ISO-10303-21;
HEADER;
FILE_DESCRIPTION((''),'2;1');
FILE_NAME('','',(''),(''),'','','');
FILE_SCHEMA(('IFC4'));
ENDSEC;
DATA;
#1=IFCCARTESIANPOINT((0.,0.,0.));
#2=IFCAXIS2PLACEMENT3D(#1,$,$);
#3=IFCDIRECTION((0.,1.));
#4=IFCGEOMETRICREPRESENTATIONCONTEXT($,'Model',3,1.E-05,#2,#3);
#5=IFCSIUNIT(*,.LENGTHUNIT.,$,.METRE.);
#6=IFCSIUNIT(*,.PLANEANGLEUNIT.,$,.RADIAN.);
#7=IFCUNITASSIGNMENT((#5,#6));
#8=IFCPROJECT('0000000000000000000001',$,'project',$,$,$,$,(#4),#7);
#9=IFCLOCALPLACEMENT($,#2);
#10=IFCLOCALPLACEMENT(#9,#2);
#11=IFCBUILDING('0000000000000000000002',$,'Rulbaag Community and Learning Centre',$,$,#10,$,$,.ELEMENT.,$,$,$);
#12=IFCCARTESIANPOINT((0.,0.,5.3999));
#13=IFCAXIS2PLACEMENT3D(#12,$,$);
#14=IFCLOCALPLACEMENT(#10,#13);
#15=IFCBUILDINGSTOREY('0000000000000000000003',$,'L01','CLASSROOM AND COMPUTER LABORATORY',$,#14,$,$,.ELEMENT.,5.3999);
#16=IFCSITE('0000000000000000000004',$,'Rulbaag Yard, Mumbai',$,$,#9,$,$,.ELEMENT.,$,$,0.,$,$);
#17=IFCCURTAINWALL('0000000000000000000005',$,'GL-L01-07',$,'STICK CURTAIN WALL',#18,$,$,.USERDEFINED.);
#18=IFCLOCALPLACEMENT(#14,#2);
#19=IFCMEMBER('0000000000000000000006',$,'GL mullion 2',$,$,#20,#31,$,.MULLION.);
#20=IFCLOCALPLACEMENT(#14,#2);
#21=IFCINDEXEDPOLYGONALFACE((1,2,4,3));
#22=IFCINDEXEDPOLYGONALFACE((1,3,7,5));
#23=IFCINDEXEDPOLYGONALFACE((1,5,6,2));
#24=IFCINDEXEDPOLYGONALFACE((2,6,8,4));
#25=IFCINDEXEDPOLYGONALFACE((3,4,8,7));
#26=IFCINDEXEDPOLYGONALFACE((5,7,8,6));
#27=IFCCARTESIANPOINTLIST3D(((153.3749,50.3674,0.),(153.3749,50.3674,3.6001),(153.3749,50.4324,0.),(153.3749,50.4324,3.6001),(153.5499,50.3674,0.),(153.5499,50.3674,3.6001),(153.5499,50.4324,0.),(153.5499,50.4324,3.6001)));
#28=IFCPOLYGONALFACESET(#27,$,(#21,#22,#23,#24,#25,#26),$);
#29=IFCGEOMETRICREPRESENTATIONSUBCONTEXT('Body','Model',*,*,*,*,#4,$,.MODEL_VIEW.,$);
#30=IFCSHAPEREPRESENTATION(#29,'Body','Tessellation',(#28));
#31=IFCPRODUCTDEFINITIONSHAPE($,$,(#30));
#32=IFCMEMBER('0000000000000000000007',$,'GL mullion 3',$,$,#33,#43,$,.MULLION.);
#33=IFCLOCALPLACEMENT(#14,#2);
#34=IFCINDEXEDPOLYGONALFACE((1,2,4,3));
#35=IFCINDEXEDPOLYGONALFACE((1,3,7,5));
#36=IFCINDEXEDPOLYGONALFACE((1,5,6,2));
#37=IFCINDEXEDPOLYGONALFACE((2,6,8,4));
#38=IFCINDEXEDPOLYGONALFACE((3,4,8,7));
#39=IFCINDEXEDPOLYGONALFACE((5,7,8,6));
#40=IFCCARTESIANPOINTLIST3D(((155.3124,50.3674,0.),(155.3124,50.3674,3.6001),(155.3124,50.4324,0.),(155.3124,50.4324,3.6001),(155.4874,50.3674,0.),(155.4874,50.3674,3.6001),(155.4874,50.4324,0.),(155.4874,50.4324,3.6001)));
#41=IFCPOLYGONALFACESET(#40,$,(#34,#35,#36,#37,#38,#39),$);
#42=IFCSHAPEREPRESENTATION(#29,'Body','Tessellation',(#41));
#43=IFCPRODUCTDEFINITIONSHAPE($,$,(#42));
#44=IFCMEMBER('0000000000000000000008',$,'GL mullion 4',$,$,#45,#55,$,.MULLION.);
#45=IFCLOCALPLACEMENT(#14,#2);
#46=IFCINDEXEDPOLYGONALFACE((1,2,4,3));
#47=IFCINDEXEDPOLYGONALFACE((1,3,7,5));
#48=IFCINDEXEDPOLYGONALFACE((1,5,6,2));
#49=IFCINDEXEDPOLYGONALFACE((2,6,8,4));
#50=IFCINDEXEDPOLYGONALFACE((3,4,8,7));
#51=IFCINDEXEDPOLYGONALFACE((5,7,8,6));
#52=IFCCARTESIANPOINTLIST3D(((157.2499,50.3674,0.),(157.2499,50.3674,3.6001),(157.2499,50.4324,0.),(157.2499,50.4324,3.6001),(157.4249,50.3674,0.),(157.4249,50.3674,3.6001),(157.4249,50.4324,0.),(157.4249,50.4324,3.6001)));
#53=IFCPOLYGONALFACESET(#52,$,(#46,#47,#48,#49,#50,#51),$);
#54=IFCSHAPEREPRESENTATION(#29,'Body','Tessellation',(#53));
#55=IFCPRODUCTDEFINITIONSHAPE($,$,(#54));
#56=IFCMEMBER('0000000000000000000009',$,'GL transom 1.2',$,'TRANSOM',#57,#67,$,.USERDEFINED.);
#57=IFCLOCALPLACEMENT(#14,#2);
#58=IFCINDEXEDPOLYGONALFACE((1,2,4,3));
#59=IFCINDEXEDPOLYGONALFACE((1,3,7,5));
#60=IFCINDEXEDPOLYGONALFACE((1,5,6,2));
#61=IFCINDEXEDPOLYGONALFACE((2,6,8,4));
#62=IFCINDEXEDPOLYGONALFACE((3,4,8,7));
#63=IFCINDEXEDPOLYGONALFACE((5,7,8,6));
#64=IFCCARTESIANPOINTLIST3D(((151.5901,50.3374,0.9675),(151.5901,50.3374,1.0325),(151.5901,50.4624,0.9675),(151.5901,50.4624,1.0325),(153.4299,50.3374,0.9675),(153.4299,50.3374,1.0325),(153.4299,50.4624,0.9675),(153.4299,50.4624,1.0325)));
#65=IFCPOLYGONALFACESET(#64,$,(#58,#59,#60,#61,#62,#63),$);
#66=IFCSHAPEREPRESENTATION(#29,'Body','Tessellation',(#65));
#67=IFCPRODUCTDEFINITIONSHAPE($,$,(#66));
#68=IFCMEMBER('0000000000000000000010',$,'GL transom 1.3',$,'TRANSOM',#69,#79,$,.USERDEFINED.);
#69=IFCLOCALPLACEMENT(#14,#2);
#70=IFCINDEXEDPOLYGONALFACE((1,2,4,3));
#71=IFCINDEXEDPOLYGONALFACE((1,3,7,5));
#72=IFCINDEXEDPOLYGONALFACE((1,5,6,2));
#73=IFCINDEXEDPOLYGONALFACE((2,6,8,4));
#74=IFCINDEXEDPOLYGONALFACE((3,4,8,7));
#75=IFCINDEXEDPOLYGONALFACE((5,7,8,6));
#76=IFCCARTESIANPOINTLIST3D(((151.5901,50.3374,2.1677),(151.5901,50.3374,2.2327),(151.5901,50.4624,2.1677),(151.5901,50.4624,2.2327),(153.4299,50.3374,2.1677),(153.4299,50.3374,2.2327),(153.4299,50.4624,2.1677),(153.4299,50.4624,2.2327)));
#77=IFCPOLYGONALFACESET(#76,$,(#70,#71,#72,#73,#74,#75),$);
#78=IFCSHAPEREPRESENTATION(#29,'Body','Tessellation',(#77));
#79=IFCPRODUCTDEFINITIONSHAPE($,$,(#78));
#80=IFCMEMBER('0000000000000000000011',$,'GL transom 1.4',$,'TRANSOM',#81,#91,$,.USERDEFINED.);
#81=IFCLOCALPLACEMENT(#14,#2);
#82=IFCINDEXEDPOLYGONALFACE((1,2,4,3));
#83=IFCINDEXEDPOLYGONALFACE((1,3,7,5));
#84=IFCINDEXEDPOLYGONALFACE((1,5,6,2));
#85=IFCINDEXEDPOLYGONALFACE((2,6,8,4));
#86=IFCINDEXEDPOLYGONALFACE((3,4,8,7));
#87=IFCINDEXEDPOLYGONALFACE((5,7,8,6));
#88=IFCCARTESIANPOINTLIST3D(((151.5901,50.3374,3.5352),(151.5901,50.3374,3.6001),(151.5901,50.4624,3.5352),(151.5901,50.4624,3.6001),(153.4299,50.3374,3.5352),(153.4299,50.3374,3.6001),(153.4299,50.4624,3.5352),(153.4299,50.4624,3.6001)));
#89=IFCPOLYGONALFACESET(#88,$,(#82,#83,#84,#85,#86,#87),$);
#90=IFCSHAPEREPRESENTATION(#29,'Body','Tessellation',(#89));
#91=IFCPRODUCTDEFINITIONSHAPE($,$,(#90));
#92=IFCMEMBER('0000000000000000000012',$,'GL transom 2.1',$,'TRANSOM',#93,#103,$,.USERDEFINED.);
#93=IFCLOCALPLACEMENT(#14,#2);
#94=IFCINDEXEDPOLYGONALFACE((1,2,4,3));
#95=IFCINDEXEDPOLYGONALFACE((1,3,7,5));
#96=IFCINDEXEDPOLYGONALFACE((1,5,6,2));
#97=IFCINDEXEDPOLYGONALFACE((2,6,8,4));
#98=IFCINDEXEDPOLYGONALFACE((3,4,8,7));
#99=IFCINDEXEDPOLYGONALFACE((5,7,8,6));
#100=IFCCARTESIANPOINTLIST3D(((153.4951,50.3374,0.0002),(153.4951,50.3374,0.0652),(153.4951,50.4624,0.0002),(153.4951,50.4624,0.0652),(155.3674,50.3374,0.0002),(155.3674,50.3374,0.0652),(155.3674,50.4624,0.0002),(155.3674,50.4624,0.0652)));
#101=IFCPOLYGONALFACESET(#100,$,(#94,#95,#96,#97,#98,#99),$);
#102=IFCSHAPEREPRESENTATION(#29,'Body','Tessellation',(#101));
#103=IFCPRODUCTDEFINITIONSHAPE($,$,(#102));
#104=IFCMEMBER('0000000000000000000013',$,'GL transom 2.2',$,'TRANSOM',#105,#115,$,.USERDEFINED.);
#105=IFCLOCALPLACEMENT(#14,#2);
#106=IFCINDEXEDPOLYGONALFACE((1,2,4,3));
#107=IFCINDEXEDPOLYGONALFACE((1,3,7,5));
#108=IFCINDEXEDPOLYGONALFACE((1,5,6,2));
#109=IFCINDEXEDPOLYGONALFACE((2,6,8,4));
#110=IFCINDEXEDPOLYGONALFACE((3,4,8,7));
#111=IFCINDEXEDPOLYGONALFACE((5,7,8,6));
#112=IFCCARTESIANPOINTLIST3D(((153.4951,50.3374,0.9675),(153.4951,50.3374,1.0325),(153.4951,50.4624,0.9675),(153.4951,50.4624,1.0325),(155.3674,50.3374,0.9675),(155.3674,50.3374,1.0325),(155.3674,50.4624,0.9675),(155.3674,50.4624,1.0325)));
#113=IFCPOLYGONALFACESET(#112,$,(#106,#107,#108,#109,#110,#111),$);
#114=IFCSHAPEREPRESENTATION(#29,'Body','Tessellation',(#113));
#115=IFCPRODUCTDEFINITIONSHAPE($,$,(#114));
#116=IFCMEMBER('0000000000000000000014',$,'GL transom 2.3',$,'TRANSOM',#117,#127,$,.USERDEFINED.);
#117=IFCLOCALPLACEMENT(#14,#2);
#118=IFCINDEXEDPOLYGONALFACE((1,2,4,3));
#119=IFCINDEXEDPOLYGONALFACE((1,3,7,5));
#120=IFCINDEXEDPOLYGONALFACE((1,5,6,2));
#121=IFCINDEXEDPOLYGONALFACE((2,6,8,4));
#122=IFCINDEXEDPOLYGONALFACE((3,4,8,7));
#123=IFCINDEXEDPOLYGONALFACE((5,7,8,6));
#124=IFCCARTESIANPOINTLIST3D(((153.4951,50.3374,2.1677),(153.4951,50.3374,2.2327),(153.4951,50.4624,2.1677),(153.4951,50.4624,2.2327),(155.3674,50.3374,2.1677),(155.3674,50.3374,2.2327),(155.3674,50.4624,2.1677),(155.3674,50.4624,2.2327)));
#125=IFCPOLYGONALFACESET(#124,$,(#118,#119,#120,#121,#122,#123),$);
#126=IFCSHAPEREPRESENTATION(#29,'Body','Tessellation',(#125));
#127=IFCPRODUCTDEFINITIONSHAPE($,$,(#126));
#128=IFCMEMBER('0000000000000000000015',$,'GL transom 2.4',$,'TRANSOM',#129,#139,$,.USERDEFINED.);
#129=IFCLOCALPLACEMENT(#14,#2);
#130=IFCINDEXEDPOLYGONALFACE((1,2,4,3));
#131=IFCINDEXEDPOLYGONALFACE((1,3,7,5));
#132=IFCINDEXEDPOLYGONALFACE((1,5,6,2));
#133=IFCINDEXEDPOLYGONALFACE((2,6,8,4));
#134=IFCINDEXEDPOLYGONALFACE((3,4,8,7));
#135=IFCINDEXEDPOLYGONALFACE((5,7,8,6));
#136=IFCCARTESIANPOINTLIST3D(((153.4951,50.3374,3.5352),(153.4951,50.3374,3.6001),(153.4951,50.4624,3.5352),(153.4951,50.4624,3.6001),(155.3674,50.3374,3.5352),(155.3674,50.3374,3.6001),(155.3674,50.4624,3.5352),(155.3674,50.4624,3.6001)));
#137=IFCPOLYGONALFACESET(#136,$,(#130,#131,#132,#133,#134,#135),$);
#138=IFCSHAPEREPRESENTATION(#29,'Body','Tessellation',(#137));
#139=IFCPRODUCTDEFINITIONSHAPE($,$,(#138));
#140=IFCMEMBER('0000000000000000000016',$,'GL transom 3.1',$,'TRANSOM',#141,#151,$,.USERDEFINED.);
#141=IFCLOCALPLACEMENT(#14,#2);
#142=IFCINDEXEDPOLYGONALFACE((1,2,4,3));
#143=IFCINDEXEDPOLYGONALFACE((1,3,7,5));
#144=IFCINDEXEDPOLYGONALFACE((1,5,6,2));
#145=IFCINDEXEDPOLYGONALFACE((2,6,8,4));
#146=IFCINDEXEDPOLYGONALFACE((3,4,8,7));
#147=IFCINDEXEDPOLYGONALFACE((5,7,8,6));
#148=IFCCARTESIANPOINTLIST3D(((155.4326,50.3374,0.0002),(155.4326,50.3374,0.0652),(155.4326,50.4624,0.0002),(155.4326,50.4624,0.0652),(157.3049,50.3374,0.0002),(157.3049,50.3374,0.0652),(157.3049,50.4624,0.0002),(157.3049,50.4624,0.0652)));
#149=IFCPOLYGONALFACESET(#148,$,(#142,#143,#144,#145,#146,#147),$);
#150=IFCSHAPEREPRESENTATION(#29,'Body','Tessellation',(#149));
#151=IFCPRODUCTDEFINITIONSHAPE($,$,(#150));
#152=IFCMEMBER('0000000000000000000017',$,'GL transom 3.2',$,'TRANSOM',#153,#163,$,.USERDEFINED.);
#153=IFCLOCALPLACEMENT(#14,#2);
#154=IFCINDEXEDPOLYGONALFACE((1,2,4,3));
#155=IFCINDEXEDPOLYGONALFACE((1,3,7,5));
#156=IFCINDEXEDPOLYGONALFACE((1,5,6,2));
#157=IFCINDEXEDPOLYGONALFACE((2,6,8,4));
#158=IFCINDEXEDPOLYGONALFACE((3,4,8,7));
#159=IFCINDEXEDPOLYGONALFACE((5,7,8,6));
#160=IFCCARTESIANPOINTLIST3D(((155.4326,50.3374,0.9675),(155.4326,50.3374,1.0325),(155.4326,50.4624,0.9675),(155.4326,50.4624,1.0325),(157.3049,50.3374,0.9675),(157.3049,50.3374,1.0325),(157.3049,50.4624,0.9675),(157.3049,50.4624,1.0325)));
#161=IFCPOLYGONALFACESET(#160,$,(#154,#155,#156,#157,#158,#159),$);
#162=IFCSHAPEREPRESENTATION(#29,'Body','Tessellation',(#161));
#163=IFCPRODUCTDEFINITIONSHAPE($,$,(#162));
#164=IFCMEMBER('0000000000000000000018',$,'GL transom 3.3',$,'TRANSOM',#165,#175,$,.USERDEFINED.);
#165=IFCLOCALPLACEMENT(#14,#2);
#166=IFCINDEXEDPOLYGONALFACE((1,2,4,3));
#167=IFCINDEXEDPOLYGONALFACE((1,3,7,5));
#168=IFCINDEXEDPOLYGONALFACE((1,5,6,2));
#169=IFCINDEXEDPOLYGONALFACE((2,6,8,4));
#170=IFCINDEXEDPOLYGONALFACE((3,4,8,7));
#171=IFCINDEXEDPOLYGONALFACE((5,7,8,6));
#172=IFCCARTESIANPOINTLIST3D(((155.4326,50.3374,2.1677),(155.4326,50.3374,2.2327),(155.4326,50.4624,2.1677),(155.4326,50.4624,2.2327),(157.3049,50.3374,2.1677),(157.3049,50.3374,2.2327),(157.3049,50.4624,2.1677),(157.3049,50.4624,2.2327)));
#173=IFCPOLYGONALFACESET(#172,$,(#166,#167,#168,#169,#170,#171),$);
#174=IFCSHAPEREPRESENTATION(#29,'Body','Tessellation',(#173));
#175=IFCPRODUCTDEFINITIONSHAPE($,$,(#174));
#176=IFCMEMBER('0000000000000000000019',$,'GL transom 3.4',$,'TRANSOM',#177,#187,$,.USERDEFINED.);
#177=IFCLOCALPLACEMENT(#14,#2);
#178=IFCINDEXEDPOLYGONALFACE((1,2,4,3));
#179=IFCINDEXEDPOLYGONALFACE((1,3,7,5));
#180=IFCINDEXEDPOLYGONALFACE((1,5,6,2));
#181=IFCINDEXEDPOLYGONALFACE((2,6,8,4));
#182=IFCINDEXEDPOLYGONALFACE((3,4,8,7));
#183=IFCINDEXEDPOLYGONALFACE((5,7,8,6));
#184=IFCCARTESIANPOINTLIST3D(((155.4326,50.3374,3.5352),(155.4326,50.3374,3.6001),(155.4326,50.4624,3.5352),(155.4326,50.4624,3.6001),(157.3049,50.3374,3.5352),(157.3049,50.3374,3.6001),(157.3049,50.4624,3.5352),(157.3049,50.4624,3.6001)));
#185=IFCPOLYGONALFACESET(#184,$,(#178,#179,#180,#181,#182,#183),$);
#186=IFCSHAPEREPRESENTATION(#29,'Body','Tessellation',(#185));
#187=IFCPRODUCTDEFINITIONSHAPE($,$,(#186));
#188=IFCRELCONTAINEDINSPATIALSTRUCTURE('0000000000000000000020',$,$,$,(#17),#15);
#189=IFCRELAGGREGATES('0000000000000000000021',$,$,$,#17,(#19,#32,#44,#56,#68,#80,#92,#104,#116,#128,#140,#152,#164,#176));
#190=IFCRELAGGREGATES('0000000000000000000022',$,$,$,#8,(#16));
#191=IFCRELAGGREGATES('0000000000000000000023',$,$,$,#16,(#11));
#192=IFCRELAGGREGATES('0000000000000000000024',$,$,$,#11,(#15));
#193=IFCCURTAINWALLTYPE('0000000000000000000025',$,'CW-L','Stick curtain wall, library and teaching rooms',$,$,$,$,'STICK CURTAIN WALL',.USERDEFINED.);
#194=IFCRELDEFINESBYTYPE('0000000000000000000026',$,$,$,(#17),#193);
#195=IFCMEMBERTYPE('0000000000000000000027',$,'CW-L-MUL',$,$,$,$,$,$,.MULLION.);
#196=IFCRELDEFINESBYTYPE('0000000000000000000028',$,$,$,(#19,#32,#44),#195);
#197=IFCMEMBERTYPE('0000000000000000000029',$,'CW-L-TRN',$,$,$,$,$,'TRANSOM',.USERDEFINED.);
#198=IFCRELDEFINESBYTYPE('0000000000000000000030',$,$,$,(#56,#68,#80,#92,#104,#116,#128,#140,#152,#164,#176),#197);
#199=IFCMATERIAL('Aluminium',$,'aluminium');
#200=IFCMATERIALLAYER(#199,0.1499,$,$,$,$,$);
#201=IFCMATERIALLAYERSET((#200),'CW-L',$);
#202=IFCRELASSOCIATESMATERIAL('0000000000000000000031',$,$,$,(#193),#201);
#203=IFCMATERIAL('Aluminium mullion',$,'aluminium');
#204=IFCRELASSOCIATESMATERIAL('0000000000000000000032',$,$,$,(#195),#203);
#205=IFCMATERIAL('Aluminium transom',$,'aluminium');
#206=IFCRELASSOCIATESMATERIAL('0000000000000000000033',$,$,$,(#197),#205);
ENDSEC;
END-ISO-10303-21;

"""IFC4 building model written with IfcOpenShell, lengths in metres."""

from ifc_helpers import new_model, si_unit, direction, frame, origin, origin_2d, place, context, subcontext, project, spatial, rectangle, extrude, material, layer, layer_set, material_profile, profile_set, type_object, element, aggregate, save


model = new_model("IFC4")

# Units and contexts
model_context = context("Model", 3, precision=1e-05, world=origin(), true_north=direction((0.0, 1.0)))
body_context = subcontext(model_context, "Body", "Model", "MODEL_VIEW")
ifc_project = project(units=[si_unit("LENGTHUNIT", "METRE"), si_unit("PLANEANGLEUNIT", "RADIAN")], contexts=[model_context])

# Site, building, storey
site_placement = place(None, origin())
site = spatial("IfcSite", under=ifc_project, at=site_placement, Name="Rulbaag Yard, Mumbai", CompositionType="ELEMENT", RefElevation=0.0)
building_placement = place(site_placement, origin())
building = spatial("IfcBuilding", under=site, at=building_placement, Name="Rulbaag Community and Learning Centre", CompositionType="ELEMENT")
storey_placement = place(building_placement, frame((0.0, 0.0, 5.3999)))
storey = spatial("IfcBuildingStorey", under=building, at=storey_placement, Name="L01", Description="CLASSROOM AND COMPUTER LABORATORY", CompositionType="ELEMENT", Elevation=5.3999)

# Curtain wall, members
ifc_material_1 = material(Name="Aluminium", Category="aluminium")
ifc_layer_1 = layer(ifc_material_1, 0.1499)
ifc_layer_set_1 = layer_set([ifc_layer_1], Name="CW-L")
curtain_wall_type = type_object("IfcCurtainWallType", Name="CW-L", Description="Stick curtain wall, library and teaching rooms", ElementType="STICK CURTAIN WALL", PredefinedType="USERDEFINED", material=ifc_layer_set_1)
curtain_wall_placement = place(storey_placement, origin())
curtain_wall = element("IfcCurtainWall", 1, at=curtain_wall_placement, inside=storey, type_object=curtain_wall_type, Name="GL-L01-07", ObjectType="STICK CURTAIN WALL", PredefinedType="USERDEFINED")
ifc_material_2 = material(Name="Aluminium mullion", Category="aluminium")
ifc_material_profile_1 = material_profile(ifc_material_2, rectangle(XDim=0.0649, YDim=0.175, at=origin_2d()), Name="AL 65x175")
ifc_profile_set_1 = profile_set([ifc_material_profile_1], Name="Aluminium mullion")
member_type_1 = type_object("IfcMemberType", Name="CW-L-MUL", PredefinedType="MULLION", material=ifc_profile_set_1)
member_1_placement = place(storey_placement, frame((153.4624, 50.3999, 0.0), z_axis=(0.0, 0.0, 1.0), x_axis=(0.0, 1.0, 0.0)))
member_1 = element("IfcMember", 2, at=member_1_placement, type_object=member_type_1, Name="GL mullion 2", PredefinedType="MULLION", context=body_context, shape_type="SweptSolid", body=[
    extrude(rectangle(XDim=0.0649, YDim=0.175, at=origin_2d()), origin(), (0.0, 0.0, 1.0), 3.6001),
])
member_2_placement = place(storey_placement, frame((155.3999, 50.3999, 0.0), z_axis=(0.0, 0.0, 1.0), x_axis=(0.0, 1.0, 0.0)))
member_2 = element("IfcMember", 3, at=member_2_placement, type_object=member_type_1, Name="GL mullion 3", PredefinedType="MULLION", context=body_context, shape_type="SweptSolid", body=[
    extrude(rectangle(XDim=0.0649, YDim=0.175, at=origin_2d()), origin(), (0.0, 0.0, 1.0), 3.6001),
])
member_3_placement = place(storey_placement, frame((157.3374, 50.3999, 0.0), z_axis=(0.0, 0.0, 1.0), x_axis=(0.0, 1.0, 0.0)))
member_3 = element("IfcMember", 4, at=member_3_placement, type_object=member_type_1, Name="GL mullion 4", PredefinedType="MULLION", context=body_context, shape_type="SweptSolid", body=[
    extrude(rectangle(XDim=0.0649, YDim=0.175, at=origin_2d()), origin(), (0.0, 0.0, 1.0), 3.6001),
])
ifc_material_3 = material(Name="Aluminium transom", Category="aluminium")
ifc_material_profile_2 = material_profile(ifc_material_3, rectangle(XDim=0.125, YDim=0.0649, at=origin_2d()), Name="AL 65x125 T")
ifc_profile_set_2 = profile_set([ifc_material_profile_2], Name="Aluminium transom")
member_type_2 = type_object("IfcMemberType", Name="CW-L-TRN", ElementType="TRANSOM", PredefinedType="USERDEFINED", material=ifc_profile_set_2)
member_4_placement = place(storey_placement, frame((151.5901, 50.3999, 1.0), z_axis=(1.0, 0.0, 0.0), x_axis=(0.0, 1.0, 0.0)))
member_4 = element("IfcMember", 5, at=member_4_placement, type_object=member_type_2, Name="GL transom 1.2", ObjectType="TRANSOM", PredefinedType="USERDEFINED", context=body_context, shape_type="SweptSolid", body=[
    extrude(rectangle(XDim=0.125, YDim=0.0649, at=origin_2d()), origin(), (0.0, 0.0, 1.0), 1.8398),
])
member_5_placement = place(storey_placement, frame((151.5901, 50.3999, 2.2002), z_axis=(1.0, 0.0, 0.0), x_axis=(0.0, 1.0, 0.0)))
member_5 = element("IfcMember", 6, at=member_5_placement, type_object=member_type_2, Name="GL transom 1.3", ObjectType="TRANSOM", PredefinedType="USERDEFINED", context=body_context, shape_type="SweptSolid", body=[
    extrude(rectangle(XDim=0.125, YDim=0.0649, at=origin_2d()), origin(), (0.0, 0.0, 1.0), 1.8398),
])
member_6_placement = place(storey_placement, frame((151.5901, 50.3999, 3.5676), z_axis=(1.0, 0.0, 0.0), x_axis=(0.0, 1.0, 0.0)))
member_6 = element("IfcMember", 7, at=member_6_placement, type_object=member_type_2, Name="GL transom 1.4", ObjectType="TRANSOM", PredefinedType="USERDEFINED", context=body_context, shape_type="SweptSolid", body=[
    extrude(rectangle(XDim=0.125, YDim=0.0649, at=origin_2d()), origin(), (0.0, 0.0, 1.0), 1.8398),
])
member_7_placement = place(storey_placement, frame((153.4951, 50.3999, 0.0327), z_axis=(1.0, 0.0, 0.0), x_axis=(0.0, 1.0, 0.0)))
member_7 = element("IfcMember", 8, at=member_7_placement, type_object=member_type_2, Name="GL transom 2.1", ObjectType="TRANSOM", PredefinedType="USERDEFINED", context=body_context, shape_type="SweptSolid", body=[
    extrude(rectangle(XDim=0.125, YDim=0.0649, at=origin_2d()), origin(), (0.0, 0.0, 1.0), 1.8723),
])
member_8_placement = place(storey_placement, frame((153.4951, 50.3999, 1.0), z_axis=(1.0, 0.0, 0.0), x_axis=(0.0, 1.0, 0.0)))
member_8 = element("IfcMember", 9, at=member_8_placement, type_object=member_type_2, Name="GL transom 2.2", ObjectType="TRANSOM", PredefinedType="USERDEFINED", context=body_context, shape_type="SweptSolid", body=[
    extrude(rectangle(XDim=0.125, YDim=0.0649, at=origin_2d()), origin(), (0.0, 0.0, 1.0), 1.8723),
])
member_9_placement = place(storey_placement, frame((153.4951, 50.3999, 2.2002), z_axis=(1.0, 0.0, 0.0), x_axis=(0.0, 1.0, 0.0)))
member_9 = element("IfcMember", 10, at=member_9_placement, type_object=member_type_2, Name="GL transom 2.3", ObjectType="TRANSOM", PredefinedType="USERDEFINED", context=body_context, shape_type="SweptSolid", body=[
    extrude(rectangle(XDim=0.125, YDim=0.0649, at=origin_2d()), origin(), (0.0, 0.0, 1.0), 1.8723),
])
member_10_placement = place(storey_placement, frame((153.4951, 50.3999, 3.5676), z_axis=(1.0, 0.0, 0.0), x_axis=(0.0, 1.0, 0.0)))
member_10 = element("IfcMember", 11, at=member_10_placement, type_object=member_type_2, Name="GL transom 2.4", ObjectType="TRANSOM", PredefinedType="USERDEFINED", context=body_context, shape_type="SweptSolid", body=[
    extrude(rectangle(XDim=0.125, YDim=0.0649, at=origin_2d()), origin(), (0.0, 0.0, 1.0), 1.8723),
])
member_11_placement = place(storey_placement, frame((155.4326, 50.3999, 0.0327), z_axis=(1.0, 0.0, 0.0), x_axis=(0.0, 1.0, 0.0)))
member_11 = element("IfcMember", 12, at=member_11_placement, type_object=member_type_2, Name="GL transom 3.1", ObjectType="TRANSOM", PredefinedType="USERDEFINED", context=body_context, shape_type="SweptSolid", body=[
    extrude(rectangle(XDim=0.125, YDim=0.0649, at=origin_2d()), origin(), (0.0, 0.0, 1.0), 1.8723),
])
member_12_placement = place(storey_placement, frame((155.4326, 50.3999, 1.0), z_axis=(1.0, 0.0, 0.0), x_axis=(0.0, 1.0, 0.0)))
member_12 = element("IfcMember", 13, at=member_12_placement, type_object=member_type_2, Name="GL transom 3.2", ObjectType="TRANSOM", PredefinedType="USERDEFINED", context=body_context, shape_type="SweptSolid", body=[
    extrude(rectangle(XDim=0.125, YDim=0.0649, at=origin_2d()), origin(), (0.0, 0.0, 1.0), 1.8723),
])
member_13_placement = place(storey_placement, frame((155.4326, 50.3999, 2.2002), z_axis=(1.0, 0.0, 0.0), x_axis=(0.0, 1.0, 0.0)))
member_13 = element("IfcMember", 14, at=member_13_placement, type_object=member_type_2, Name="GL transom 3.3", ObjectType="TRANSOM", PredefinedType="USERDEFINED", context=body_context, shape_type="SweptSolid", body=[
    extrude(rectangle(XDim=0.125, YDim=0.0649, at=origin_2d()), origin(), (0.0, 0.0, 1.0), 1.8723),
])
member_14_placement = place(storey_placement, frame((155.4326, 50.3999, 3.5676), z_axis=(1.0, 0.0, 0.0), x_axis=(0.0, 1.0, 0.0)))
member_14 = element("IfcMember", 15, at=member_14_placement, type_object=member_type_2, Name="GL transom 3.4", ObjectType="TRANSOM", PredefinedType="USERDEFINED", context=body_context, shape_type="SweptSolid", body=[
    extrude(rectangle(XDim=0.125, YDim=0.0649, at=origin_2d()), origin(), (0.0, 0.0, 1.0), 1.8723),
])
aggregate(curtain_wall, [member_1, member_2, member_3, member_4, member_5, member_6, member_7, member_8, member_9, member_10, member_11, member_12, member_13, member_14])

save(model, "model.ifc")
